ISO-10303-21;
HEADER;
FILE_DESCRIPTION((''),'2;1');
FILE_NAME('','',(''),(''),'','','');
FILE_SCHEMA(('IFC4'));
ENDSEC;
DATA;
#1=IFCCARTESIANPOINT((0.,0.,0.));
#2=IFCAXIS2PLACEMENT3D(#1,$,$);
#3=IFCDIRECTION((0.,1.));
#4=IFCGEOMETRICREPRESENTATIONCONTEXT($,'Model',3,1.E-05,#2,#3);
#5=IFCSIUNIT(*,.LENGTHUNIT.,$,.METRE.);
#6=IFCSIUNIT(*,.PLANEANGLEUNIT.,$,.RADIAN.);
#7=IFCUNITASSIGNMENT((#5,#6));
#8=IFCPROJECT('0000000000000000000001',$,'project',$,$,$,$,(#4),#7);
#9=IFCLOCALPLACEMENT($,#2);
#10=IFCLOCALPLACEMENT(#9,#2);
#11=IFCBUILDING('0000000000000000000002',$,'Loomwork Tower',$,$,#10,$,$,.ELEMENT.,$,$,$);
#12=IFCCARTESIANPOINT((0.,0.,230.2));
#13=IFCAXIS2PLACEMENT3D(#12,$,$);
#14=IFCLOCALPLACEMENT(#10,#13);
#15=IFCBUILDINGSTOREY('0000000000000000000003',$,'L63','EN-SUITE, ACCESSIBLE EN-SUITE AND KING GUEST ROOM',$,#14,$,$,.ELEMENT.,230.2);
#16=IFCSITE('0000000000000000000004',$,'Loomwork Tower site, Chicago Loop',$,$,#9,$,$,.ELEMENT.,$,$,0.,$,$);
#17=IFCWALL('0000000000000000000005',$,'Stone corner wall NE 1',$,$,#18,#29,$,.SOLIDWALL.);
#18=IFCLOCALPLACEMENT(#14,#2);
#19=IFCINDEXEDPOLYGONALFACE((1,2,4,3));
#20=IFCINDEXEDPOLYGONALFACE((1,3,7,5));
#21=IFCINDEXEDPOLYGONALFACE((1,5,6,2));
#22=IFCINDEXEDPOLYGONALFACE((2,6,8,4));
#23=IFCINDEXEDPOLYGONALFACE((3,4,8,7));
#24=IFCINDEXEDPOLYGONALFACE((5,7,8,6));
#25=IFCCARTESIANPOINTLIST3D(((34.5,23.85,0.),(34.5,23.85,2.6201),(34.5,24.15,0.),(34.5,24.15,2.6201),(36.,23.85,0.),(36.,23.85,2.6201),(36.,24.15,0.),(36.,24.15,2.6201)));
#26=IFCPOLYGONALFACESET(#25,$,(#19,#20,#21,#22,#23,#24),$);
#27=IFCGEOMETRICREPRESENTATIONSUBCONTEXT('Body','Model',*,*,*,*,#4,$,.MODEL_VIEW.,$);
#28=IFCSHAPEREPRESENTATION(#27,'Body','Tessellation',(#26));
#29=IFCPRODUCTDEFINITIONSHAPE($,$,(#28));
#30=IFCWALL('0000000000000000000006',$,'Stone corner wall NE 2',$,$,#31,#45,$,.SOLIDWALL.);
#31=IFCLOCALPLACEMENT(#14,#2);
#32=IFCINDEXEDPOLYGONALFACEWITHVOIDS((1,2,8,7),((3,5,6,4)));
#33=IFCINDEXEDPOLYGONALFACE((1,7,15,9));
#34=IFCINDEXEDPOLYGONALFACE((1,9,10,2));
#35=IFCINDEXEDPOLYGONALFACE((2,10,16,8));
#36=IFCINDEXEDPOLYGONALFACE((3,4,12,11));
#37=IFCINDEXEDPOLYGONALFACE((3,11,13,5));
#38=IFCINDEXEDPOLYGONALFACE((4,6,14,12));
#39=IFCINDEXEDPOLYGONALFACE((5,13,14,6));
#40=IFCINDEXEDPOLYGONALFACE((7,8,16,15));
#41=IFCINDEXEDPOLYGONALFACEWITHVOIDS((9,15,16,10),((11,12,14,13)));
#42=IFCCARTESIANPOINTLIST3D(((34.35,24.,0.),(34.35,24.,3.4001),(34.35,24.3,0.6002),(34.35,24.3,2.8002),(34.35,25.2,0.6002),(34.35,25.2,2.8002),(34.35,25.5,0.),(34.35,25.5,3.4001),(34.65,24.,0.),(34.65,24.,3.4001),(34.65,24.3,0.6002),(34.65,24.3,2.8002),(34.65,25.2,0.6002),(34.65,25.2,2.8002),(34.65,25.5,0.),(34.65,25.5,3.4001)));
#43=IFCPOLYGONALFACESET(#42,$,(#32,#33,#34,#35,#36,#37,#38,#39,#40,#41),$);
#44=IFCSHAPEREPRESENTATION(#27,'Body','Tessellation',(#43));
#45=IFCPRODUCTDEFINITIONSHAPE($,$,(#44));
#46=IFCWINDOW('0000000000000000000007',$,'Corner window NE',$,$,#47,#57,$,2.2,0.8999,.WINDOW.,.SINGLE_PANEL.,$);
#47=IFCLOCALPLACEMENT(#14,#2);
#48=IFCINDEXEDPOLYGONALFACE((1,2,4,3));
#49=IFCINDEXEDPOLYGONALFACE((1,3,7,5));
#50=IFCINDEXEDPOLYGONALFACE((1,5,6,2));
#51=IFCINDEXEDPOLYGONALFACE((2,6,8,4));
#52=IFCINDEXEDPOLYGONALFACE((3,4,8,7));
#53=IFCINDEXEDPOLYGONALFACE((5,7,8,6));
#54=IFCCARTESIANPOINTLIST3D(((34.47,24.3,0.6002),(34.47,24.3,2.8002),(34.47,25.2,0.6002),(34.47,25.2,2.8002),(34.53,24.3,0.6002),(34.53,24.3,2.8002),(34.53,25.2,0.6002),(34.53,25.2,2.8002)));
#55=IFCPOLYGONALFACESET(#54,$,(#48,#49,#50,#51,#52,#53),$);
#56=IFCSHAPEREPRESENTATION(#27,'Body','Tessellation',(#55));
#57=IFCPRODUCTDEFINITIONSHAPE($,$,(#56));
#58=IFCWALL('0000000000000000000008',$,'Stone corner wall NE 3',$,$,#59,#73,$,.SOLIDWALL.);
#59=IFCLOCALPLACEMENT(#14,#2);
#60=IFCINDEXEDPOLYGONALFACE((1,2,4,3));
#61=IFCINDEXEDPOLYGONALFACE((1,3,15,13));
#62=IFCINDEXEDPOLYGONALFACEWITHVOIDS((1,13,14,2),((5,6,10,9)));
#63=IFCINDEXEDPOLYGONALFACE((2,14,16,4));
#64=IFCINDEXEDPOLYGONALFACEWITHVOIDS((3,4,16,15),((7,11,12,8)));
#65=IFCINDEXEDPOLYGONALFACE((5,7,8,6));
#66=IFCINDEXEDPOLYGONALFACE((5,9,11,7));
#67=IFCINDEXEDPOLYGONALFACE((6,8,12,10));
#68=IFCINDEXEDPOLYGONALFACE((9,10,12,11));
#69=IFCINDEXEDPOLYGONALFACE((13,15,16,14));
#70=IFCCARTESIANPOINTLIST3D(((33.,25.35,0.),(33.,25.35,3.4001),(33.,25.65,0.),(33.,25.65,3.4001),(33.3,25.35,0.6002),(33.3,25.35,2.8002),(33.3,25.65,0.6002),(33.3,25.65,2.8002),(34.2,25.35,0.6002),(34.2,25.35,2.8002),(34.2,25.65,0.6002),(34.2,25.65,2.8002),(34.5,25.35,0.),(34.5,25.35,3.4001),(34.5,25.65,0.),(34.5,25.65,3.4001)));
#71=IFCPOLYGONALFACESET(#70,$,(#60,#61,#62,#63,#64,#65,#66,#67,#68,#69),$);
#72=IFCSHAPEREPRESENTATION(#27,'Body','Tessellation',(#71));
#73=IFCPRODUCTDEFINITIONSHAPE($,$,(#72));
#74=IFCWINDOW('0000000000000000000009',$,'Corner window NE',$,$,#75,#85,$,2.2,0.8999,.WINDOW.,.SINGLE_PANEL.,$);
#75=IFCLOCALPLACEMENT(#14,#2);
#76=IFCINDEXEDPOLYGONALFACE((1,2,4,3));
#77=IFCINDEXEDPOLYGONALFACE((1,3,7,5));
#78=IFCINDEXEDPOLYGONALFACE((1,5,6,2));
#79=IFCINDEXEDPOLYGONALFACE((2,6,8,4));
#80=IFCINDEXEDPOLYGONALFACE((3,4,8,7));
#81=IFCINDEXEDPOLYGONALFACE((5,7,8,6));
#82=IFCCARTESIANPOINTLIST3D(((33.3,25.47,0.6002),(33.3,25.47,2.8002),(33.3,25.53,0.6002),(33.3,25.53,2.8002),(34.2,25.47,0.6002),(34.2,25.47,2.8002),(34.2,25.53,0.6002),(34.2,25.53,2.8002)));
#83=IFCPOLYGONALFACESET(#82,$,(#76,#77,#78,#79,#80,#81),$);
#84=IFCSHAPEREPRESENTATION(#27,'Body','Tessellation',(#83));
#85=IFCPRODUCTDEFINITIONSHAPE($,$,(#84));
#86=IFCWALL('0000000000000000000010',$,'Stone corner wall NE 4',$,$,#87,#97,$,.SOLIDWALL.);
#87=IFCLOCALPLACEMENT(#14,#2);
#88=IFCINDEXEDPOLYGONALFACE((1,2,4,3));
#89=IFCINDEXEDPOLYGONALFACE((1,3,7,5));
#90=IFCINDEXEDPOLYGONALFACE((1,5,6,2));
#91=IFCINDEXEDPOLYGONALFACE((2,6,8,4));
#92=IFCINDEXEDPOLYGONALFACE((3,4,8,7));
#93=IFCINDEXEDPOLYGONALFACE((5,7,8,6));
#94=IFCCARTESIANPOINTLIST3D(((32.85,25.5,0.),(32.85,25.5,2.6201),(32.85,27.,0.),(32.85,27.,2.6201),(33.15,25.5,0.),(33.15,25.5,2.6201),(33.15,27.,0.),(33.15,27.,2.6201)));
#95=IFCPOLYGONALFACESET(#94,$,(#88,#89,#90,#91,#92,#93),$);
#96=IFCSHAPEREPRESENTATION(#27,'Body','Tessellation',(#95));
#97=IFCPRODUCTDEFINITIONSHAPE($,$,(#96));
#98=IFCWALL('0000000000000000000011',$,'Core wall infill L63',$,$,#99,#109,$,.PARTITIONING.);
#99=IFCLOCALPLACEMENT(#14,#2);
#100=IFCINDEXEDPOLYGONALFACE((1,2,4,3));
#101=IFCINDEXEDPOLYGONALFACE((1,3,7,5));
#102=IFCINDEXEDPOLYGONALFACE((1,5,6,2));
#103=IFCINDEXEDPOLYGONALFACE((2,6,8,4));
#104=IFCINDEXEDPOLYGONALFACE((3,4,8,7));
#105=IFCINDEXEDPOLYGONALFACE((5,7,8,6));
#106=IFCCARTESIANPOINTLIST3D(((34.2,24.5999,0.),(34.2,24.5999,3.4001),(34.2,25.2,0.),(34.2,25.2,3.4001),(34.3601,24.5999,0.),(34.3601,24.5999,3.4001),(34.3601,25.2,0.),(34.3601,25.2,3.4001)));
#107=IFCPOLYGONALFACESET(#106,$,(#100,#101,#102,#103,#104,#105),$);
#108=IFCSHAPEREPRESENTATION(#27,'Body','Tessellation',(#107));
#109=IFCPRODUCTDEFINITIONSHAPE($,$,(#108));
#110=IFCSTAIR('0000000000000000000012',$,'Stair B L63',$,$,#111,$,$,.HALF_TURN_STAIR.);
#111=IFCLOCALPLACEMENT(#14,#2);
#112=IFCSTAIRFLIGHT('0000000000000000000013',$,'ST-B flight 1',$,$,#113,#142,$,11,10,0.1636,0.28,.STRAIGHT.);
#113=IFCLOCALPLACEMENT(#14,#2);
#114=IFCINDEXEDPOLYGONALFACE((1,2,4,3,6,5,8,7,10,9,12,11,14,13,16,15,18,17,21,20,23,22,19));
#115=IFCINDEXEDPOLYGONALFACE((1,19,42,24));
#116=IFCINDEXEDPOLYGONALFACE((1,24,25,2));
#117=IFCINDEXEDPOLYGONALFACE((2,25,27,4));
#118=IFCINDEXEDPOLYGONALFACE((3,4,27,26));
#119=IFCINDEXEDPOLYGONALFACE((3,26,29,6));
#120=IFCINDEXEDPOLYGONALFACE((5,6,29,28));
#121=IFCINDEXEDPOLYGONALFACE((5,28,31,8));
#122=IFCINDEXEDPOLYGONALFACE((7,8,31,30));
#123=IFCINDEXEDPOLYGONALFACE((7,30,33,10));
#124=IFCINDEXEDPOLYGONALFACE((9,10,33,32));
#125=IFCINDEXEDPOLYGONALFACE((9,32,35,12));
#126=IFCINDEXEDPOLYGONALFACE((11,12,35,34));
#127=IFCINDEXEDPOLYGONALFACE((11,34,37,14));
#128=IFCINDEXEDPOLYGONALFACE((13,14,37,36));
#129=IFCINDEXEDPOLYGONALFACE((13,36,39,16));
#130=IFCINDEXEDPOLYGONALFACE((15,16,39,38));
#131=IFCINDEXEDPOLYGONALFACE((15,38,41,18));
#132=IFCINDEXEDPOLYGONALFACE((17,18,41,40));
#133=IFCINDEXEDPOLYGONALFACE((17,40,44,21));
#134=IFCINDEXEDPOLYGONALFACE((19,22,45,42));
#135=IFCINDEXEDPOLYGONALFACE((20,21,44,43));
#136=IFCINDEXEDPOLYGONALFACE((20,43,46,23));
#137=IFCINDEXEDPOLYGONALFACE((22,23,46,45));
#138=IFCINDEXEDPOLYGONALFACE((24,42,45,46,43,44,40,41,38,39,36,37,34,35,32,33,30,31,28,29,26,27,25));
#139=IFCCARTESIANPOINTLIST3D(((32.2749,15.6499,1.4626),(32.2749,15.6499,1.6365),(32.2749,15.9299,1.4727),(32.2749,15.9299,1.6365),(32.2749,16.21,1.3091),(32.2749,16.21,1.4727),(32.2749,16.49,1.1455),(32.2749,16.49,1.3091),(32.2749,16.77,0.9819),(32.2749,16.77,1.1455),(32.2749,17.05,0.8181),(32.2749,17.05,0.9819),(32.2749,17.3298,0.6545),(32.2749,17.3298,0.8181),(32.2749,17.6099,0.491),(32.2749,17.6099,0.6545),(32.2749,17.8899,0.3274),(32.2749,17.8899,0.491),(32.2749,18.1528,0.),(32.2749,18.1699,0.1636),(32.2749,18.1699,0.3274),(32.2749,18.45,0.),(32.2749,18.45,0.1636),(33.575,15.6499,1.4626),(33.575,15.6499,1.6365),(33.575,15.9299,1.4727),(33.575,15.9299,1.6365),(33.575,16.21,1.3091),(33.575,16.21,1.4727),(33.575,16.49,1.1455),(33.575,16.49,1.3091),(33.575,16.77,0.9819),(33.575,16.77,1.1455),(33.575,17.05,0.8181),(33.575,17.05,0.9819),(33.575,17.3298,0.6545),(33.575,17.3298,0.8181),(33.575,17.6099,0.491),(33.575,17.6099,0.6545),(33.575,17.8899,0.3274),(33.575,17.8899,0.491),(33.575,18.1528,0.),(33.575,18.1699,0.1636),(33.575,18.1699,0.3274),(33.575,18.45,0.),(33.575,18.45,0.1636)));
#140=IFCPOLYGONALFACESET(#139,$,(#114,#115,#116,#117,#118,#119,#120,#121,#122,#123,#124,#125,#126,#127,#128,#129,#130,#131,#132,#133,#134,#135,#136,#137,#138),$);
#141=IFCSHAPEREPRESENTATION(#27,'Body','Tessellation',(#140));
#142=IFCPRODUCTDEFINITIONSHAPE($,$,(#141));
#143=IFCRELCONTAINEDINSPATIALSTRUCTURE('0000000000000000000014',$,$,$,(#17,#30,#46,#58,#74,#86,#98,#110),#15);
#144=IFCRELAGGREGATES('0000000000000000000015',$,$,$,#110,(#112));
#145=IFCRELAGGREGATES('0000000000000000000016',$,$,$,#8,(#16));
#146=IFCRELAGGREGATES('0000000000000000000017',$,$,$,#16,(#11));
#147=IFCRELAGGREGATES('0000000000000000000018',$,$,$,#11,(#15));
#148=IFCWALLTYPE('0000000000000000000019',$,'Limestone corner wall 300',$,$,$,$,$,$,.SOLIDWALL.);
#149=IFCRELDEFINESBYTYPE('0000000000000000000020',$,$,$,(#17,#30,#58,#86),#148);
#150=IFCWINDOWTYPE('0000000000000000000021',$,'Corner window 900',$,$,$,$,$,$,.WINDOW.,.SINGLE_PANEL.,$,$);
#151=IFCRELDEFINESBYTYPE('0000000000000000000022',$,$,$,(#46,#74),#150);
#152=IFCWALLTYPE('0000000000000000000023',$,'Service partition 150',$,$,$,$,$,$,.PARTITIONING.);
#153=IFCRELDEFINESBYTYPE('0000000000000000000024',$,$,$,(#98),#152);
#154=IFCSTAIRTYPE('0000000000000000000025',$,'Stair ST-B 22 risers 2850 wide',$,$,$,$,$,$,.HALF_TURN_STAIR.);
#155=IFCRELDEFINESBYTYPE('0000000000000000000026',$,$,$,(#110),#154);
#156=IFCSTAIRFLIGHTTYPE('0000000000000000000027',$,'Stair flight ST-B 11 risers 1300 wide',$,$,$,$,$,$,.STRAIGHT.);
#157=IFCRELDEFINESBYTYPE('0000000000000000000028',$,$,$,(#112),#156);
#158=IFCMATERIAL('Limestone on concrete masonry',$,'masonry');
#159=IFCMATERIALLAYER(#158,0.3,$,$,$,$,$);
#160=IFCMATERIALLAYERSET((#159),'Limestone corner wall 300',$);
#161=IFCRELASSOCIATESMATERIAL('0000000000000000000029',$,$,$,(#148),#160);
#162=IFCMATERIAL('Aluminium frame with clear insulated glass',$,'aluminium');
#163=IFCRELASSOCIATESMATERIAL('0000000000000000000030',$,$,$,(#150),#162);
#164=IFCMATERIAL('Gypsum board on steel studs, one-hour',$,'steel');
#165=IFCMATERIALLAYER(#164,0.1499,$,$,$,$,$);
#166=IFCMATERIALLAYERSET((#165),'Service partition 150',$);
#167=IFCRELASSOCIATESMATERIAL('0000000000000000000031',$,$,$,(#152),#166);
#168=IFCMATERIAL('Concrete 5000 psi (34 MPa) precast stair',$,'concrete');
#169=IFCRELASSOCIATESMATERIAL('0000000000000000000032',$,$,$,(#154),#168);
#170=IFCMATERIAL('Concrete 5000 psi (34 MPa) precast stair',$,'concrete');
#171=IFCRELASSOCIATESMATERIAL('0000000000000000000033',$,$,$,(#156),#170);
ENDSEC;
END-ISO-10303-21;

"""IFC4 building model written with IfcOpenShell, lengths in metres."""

from ifc_helpers import new_model, si_unit, direction, frame, frame_2d, origin, place, context, subcontext, project, spatial, polyline, rectangle, outline, extrude, material, layer, layer_set, type_object, element, fill, aggregate, save


model = new_model("IFC4")

# Units and contexts
model_context = context("Model", 3, precision=1e-05, world=origin(), true_north=direction((0.0, 1.0)))
body_context = subcontext(model_context, "Body", "Model", "MODEL_VIEW")
ifc_project = project(units=[si_unit("LENGTHUNIT", "METRE"), si_unit("PLANEANGLEUNIT", "RADIAN")], contexts=[model_context])

# Site, building, storey
site_placement = place(None, origin())
site = spatial("IfcSite", under=ifc_project, at=site_placement, Name="Loomwork Tower site, Chicago Loop", CompositionType="ELEMENT", RefElevation=0.0)
building_placement = place(site_placement, origin())
building = spatial("IfcBuilding", under=site, at=building_placement, Name="Loomwork Tower", CompositionType="ELEMENT")
storey_placement = place(building_placement, frame((0.0, 0.0, 230.2)))
storey = spatial("IfcBuildingStorey", under=building, at=storey_placement, Name="L63", Description="EN-SUITE, ACCESSIBLE EN-SUITE AND KING GUEST ROOM", CompositionType="ELEMENT", Elevation=230.2)

# Wall
ifc_material_1 = material(Name="Limestone on concrete masonry", Category="masonry")
ifc_layer_1 = layer(ifc_material_1, 0.3)
ifc_layer_set_1 = layer_set([ifc_layer_1], Name="Limestone corner wall 300")
wall_type_1 = type_object("IfcWallType", Name="Limestone corner wall 300", PredefinedType="SOLIDWALL", material=ifc_layer_set_1)
wall_1_placement = place(storey_placement, frame((36.0, 24.0, 0.0), z_axis=(0.0, 0.0, 1.0), x_axis=(-1.0, 0.0, 0.0)))
element("IfcWall", 1, at=wall_1_placement, inside=storey, type_object=wall_type_1, Name="Stone corner wall NE 1", PredefinedType="SOLIDWALL", context=body_context, shape_type="SweptSolid", body=[
    extrude(rectangle(XDim=1.5, YDim=0.3, at=frame_2d((0.75, 0.0))), origin(), (0.0, 0.0, 1.0), 2.6201),
])

# Walls, openings, windows
wall_2_placement = place(storey_placement, frame((34.5, 24.0, 0.0), z_axis=(0.0, 0.0, 1.0), x_axis=(0.0, 1.0, 0.0)))
wall_2 = element("IfcWall", 2, at=wall_2_placement, inside=storey, type_object=wall_type_1, Name="Stone corner wall NE 2", PredefinedType="SOLIDWALL", context=body_context, shape_type="SweptSolid", body=[
    extrude(rectangle(XDim=1.5, YDim=0.3, at=frame_2d((0.75, 0.0))), origin(), (0.0, 0.0, 1.0), 3.4001),
])
opening_1_placement = place(wall_2_placement, frame((0.3, 0.0, 0.6001)))
opening_1 = element("IfcOpeningElement", 3, at=opening_1_placement, cuts=wall_2, PredefinedType="OPENING", context=body_context, shape_type="SweptSolid", body=[
    extrude(rectangle(XDim=0.8999, YDim=2.2, at=frame_2d((0.45, 1.1001))), frame((0.0, 0.1599, 0.0), z_axis=(0.0, -1.0, 0.0), x_axis=(1.0, 0.0, 0.0)), (0.0, 0.0, 1.0), 0.3201),
])
ifc_material_2 = material(Name="Aluminium frame with clear insulated glass", Category="aluminium")
window_type = type_object("IfcWindowType", Name="Corner window 900", PartitioningType="SINGLE_PANEL", PredefinedType="WINDOW", material=ifc_material_2)
window_1_placement = place(opening_1_placement, origin())
window_1 = element("IfcWindow", 4, at=window_1_placement, inside=storey, type_object=window_type, Name="Corner window NE", OverallHeight=2.2, OverallWidth=0.8999, PartitioningType="SINGLE_PANEL", PredefinedType="WINDOW", context=body_context, shape_type="SweptSolid", body=[
    extrude(rectangle(XDim=0.8999, YDim=2.2, at=frame_2d((0.45, 1.1001))), frame((0.0, 0.03, 0.0), z_axis=(0.0, -1.0, 0.0), x_axis=(1.0, 0.0, 0.0)), (0.0, 0.0, 1.0), 0.0601),
])
fill(opening_1, window_1)
wall_3_placement = place(storey_placement, frame((34.5, 25.5, 0.0), z_axis=(0.0, 0.0, 1.0), x_axis=(-1.0, 0.0, 0.0)))
wall_3 = element("IfcWall", 5, at=wall_3_placement, inside=storey, type_object=wall_type_1, Name="Stone corner wall NE 3", PredefinedType="SOLIDWALL", context=body_context, shape_type="SweptSolid", body=[
    extrude(rectangle(XDim=1.5, YDim=0.3, at=frame_2d((0.75, 0.0))), origin(), (0.0, 0.0, 1.0), 3.4001),
])
opening_2_placement = place(wall_3_placement, frame((0.3, 0.0, 0.6001)))
opening_2 = element("IfcOpeningElement", 6, at=opening_2_placement, cuts=wall_3, PredefinedType="OPENING", context=body_context, shape_type="SweptSolid", body=[
    extrude(rectangle(XDim=0.8999, YDim=2.2, at=frame_2d((0.45, 1.1001))), frame((0.0, 0.1599, 0.0), z_axis=(0.0, -1.0, 0.0), x_axis=(1.0, 0.0, 0.0)), (0.0, 0.0, 1.0), 0.3201),
])
window_2_placement = place(opening_2_placement, origin())
window_2 = element("IfcWindow", 7, at=window_2_placement, inside=storey, type_object=window_type, Name="Corner window NE", OverallHeight=2.2, OverallWidth=0.8999, PartitioningType="SINGLE_PANEL", PredefinedType="WINDOW", context=body_context, shape_type="SweptSolid", body=[
    extrude(rectangle(XDim=0.8999, YDim=2.2, at=frame_2d((0.45, 1.1001))), frame((0.0, 0.03, 0.0), z_axis=(0.0, -1.0, 0.0), x_axis=(1.0, 0.0, 0.0)), (0.0, 0.0, 1.0), 0.0601),
])
fill(opening_2, window_2)

# Walls
wall_4_placement = place(storey_placement, frame((33.0, 25.5, 0.0), z_axis=(0.0, 0.0, 1.0), x_axis=(0.0, 1.0, 0.0)))
element("IfcWall", 8, at=wall_4_placement, inside=storey, type_object=wall_type_1, Name="Stone corner wall NE 4", PredefinedType="SOLIDWALL", context=body_context, shape_type="SweptSolid", body=[
    extrude(rectangle(XDim=1.5, YDim=0.3, at=frame_2d((0.75, 0.0))), origin(), (0.0, 0.0, 1.0), 2.6201),
])
ifc_material_3 = material(Name="Gypsum board on steel studs, one-hour", Category="steel")
ifc_layer_2 = layer(ifc_material_3, 0.1499)
ifc_layer_set_2 = layer_set([ifc_layer_2], Name="Service partition 150")
wall_type_2 = type_object("IfcWallType", Name="Service partition 150", PredefinedType="PARTITIONING", material=ifc_layer_set_2)
wall_5_placement = place(storey_placement, frame((34.2, 24.8999, 0.0), z_axis=(0.0, 0.0, 1.0), x_axis=(1.0, 0.0, 0.0)))
element("IfcWall", 9, at=wall_5_placement, inside=storey, type_object=wall_type_2, Name="Core wall infill L63", PredefinedType="PARTITIONING", context=body_context, shape_type="SweptSolid", body=[
    extrude(rectangle(XDim=0.1602, YDim=0.6001, at=frame_2d((0.0801, 0.0))), origin(), (0.0, 0.0, 1.0), 3.4001),
])

# Stair, stair flight
ifc_material_4 = material(Name="Concrete 5000 psi (34 MPa) precast stair", Category="concrete")
stair_type = type_object("IfcStairType", Name="Stair ST-B 22 risers 2850 wide", PredefinedType="HALF_TURN_STAIR", material=ifc_material_4)
stair_placement = place(storey_placement, origin())
stair = element("IfcStair", 10, at=stair_placement, inside=storey, type_object=stair_type, Name="Stair B L63", PredefinedType="HALF_TURN_STAIR")
ifc_material_5 = material(Name="Concrete 5000 psi (34 MPa) precast stair", Category="concrete")
stair_flight_type = type_object("IfcStairFlightType", Name="Stair flight ST-B 11 risers 1300 wide", PredefinedType="STRAIGHT", material=ifc_material_5)
stair_flight_placement = place(storey_placement, frame((32.925, 18.45, 0.0), z_axis=(0.0, 0.0, 1.0), x_axis=(0.0, -1.0, 0.0)))
stair_flight = element("IfcStairFlight", 11, at=stair_flight_placement, type_object=stair_flight_type, Name="ST-B flight 1", NumberOfRisers=11, NumberOfTreads=10, PredefinedType="STRAIGHT", RiserHeight=0.1636, TreadLength=0.28, context=body_context, shape_type="SweptSolid", body=[
    extrude(outline(polyline([(0.0, 0.0), (0.0, 0.1636), (0.28, 0.1636), (0.28, 0.3274), (0.5601, 0.3274), (0.5601, 0.491), (0.8401, 0.491), (0.8401, 0.6545), (1.1201, 0.6545), (1.1201, 0.8181), (1.3999, 0.8181), (1.3999, 0.9819), (1.6799, 0.9819), (1.6799, 1.1455), (1.96, 1.1455), (1.96, 1.3091), (2.24, 1.3091), (2.24, 1.4727), (2.52, 1.4727), (2.52, 1.6365), (2.8, 1.6365), (2.8, 1.8), (2.8, 1.4626), (0.2971, 0.0), (0.0, 0.0)])), frame((0.0, 0.6499, 0.0), z_axis=(0.0, -1.0, 0.0), x_axis=(1.0, 0.0, 0.0)), (0.0, 0.0, 1.0), 1.3),
])
aggregate(stair, [stair_flight])

save(model, "model.ifc")
